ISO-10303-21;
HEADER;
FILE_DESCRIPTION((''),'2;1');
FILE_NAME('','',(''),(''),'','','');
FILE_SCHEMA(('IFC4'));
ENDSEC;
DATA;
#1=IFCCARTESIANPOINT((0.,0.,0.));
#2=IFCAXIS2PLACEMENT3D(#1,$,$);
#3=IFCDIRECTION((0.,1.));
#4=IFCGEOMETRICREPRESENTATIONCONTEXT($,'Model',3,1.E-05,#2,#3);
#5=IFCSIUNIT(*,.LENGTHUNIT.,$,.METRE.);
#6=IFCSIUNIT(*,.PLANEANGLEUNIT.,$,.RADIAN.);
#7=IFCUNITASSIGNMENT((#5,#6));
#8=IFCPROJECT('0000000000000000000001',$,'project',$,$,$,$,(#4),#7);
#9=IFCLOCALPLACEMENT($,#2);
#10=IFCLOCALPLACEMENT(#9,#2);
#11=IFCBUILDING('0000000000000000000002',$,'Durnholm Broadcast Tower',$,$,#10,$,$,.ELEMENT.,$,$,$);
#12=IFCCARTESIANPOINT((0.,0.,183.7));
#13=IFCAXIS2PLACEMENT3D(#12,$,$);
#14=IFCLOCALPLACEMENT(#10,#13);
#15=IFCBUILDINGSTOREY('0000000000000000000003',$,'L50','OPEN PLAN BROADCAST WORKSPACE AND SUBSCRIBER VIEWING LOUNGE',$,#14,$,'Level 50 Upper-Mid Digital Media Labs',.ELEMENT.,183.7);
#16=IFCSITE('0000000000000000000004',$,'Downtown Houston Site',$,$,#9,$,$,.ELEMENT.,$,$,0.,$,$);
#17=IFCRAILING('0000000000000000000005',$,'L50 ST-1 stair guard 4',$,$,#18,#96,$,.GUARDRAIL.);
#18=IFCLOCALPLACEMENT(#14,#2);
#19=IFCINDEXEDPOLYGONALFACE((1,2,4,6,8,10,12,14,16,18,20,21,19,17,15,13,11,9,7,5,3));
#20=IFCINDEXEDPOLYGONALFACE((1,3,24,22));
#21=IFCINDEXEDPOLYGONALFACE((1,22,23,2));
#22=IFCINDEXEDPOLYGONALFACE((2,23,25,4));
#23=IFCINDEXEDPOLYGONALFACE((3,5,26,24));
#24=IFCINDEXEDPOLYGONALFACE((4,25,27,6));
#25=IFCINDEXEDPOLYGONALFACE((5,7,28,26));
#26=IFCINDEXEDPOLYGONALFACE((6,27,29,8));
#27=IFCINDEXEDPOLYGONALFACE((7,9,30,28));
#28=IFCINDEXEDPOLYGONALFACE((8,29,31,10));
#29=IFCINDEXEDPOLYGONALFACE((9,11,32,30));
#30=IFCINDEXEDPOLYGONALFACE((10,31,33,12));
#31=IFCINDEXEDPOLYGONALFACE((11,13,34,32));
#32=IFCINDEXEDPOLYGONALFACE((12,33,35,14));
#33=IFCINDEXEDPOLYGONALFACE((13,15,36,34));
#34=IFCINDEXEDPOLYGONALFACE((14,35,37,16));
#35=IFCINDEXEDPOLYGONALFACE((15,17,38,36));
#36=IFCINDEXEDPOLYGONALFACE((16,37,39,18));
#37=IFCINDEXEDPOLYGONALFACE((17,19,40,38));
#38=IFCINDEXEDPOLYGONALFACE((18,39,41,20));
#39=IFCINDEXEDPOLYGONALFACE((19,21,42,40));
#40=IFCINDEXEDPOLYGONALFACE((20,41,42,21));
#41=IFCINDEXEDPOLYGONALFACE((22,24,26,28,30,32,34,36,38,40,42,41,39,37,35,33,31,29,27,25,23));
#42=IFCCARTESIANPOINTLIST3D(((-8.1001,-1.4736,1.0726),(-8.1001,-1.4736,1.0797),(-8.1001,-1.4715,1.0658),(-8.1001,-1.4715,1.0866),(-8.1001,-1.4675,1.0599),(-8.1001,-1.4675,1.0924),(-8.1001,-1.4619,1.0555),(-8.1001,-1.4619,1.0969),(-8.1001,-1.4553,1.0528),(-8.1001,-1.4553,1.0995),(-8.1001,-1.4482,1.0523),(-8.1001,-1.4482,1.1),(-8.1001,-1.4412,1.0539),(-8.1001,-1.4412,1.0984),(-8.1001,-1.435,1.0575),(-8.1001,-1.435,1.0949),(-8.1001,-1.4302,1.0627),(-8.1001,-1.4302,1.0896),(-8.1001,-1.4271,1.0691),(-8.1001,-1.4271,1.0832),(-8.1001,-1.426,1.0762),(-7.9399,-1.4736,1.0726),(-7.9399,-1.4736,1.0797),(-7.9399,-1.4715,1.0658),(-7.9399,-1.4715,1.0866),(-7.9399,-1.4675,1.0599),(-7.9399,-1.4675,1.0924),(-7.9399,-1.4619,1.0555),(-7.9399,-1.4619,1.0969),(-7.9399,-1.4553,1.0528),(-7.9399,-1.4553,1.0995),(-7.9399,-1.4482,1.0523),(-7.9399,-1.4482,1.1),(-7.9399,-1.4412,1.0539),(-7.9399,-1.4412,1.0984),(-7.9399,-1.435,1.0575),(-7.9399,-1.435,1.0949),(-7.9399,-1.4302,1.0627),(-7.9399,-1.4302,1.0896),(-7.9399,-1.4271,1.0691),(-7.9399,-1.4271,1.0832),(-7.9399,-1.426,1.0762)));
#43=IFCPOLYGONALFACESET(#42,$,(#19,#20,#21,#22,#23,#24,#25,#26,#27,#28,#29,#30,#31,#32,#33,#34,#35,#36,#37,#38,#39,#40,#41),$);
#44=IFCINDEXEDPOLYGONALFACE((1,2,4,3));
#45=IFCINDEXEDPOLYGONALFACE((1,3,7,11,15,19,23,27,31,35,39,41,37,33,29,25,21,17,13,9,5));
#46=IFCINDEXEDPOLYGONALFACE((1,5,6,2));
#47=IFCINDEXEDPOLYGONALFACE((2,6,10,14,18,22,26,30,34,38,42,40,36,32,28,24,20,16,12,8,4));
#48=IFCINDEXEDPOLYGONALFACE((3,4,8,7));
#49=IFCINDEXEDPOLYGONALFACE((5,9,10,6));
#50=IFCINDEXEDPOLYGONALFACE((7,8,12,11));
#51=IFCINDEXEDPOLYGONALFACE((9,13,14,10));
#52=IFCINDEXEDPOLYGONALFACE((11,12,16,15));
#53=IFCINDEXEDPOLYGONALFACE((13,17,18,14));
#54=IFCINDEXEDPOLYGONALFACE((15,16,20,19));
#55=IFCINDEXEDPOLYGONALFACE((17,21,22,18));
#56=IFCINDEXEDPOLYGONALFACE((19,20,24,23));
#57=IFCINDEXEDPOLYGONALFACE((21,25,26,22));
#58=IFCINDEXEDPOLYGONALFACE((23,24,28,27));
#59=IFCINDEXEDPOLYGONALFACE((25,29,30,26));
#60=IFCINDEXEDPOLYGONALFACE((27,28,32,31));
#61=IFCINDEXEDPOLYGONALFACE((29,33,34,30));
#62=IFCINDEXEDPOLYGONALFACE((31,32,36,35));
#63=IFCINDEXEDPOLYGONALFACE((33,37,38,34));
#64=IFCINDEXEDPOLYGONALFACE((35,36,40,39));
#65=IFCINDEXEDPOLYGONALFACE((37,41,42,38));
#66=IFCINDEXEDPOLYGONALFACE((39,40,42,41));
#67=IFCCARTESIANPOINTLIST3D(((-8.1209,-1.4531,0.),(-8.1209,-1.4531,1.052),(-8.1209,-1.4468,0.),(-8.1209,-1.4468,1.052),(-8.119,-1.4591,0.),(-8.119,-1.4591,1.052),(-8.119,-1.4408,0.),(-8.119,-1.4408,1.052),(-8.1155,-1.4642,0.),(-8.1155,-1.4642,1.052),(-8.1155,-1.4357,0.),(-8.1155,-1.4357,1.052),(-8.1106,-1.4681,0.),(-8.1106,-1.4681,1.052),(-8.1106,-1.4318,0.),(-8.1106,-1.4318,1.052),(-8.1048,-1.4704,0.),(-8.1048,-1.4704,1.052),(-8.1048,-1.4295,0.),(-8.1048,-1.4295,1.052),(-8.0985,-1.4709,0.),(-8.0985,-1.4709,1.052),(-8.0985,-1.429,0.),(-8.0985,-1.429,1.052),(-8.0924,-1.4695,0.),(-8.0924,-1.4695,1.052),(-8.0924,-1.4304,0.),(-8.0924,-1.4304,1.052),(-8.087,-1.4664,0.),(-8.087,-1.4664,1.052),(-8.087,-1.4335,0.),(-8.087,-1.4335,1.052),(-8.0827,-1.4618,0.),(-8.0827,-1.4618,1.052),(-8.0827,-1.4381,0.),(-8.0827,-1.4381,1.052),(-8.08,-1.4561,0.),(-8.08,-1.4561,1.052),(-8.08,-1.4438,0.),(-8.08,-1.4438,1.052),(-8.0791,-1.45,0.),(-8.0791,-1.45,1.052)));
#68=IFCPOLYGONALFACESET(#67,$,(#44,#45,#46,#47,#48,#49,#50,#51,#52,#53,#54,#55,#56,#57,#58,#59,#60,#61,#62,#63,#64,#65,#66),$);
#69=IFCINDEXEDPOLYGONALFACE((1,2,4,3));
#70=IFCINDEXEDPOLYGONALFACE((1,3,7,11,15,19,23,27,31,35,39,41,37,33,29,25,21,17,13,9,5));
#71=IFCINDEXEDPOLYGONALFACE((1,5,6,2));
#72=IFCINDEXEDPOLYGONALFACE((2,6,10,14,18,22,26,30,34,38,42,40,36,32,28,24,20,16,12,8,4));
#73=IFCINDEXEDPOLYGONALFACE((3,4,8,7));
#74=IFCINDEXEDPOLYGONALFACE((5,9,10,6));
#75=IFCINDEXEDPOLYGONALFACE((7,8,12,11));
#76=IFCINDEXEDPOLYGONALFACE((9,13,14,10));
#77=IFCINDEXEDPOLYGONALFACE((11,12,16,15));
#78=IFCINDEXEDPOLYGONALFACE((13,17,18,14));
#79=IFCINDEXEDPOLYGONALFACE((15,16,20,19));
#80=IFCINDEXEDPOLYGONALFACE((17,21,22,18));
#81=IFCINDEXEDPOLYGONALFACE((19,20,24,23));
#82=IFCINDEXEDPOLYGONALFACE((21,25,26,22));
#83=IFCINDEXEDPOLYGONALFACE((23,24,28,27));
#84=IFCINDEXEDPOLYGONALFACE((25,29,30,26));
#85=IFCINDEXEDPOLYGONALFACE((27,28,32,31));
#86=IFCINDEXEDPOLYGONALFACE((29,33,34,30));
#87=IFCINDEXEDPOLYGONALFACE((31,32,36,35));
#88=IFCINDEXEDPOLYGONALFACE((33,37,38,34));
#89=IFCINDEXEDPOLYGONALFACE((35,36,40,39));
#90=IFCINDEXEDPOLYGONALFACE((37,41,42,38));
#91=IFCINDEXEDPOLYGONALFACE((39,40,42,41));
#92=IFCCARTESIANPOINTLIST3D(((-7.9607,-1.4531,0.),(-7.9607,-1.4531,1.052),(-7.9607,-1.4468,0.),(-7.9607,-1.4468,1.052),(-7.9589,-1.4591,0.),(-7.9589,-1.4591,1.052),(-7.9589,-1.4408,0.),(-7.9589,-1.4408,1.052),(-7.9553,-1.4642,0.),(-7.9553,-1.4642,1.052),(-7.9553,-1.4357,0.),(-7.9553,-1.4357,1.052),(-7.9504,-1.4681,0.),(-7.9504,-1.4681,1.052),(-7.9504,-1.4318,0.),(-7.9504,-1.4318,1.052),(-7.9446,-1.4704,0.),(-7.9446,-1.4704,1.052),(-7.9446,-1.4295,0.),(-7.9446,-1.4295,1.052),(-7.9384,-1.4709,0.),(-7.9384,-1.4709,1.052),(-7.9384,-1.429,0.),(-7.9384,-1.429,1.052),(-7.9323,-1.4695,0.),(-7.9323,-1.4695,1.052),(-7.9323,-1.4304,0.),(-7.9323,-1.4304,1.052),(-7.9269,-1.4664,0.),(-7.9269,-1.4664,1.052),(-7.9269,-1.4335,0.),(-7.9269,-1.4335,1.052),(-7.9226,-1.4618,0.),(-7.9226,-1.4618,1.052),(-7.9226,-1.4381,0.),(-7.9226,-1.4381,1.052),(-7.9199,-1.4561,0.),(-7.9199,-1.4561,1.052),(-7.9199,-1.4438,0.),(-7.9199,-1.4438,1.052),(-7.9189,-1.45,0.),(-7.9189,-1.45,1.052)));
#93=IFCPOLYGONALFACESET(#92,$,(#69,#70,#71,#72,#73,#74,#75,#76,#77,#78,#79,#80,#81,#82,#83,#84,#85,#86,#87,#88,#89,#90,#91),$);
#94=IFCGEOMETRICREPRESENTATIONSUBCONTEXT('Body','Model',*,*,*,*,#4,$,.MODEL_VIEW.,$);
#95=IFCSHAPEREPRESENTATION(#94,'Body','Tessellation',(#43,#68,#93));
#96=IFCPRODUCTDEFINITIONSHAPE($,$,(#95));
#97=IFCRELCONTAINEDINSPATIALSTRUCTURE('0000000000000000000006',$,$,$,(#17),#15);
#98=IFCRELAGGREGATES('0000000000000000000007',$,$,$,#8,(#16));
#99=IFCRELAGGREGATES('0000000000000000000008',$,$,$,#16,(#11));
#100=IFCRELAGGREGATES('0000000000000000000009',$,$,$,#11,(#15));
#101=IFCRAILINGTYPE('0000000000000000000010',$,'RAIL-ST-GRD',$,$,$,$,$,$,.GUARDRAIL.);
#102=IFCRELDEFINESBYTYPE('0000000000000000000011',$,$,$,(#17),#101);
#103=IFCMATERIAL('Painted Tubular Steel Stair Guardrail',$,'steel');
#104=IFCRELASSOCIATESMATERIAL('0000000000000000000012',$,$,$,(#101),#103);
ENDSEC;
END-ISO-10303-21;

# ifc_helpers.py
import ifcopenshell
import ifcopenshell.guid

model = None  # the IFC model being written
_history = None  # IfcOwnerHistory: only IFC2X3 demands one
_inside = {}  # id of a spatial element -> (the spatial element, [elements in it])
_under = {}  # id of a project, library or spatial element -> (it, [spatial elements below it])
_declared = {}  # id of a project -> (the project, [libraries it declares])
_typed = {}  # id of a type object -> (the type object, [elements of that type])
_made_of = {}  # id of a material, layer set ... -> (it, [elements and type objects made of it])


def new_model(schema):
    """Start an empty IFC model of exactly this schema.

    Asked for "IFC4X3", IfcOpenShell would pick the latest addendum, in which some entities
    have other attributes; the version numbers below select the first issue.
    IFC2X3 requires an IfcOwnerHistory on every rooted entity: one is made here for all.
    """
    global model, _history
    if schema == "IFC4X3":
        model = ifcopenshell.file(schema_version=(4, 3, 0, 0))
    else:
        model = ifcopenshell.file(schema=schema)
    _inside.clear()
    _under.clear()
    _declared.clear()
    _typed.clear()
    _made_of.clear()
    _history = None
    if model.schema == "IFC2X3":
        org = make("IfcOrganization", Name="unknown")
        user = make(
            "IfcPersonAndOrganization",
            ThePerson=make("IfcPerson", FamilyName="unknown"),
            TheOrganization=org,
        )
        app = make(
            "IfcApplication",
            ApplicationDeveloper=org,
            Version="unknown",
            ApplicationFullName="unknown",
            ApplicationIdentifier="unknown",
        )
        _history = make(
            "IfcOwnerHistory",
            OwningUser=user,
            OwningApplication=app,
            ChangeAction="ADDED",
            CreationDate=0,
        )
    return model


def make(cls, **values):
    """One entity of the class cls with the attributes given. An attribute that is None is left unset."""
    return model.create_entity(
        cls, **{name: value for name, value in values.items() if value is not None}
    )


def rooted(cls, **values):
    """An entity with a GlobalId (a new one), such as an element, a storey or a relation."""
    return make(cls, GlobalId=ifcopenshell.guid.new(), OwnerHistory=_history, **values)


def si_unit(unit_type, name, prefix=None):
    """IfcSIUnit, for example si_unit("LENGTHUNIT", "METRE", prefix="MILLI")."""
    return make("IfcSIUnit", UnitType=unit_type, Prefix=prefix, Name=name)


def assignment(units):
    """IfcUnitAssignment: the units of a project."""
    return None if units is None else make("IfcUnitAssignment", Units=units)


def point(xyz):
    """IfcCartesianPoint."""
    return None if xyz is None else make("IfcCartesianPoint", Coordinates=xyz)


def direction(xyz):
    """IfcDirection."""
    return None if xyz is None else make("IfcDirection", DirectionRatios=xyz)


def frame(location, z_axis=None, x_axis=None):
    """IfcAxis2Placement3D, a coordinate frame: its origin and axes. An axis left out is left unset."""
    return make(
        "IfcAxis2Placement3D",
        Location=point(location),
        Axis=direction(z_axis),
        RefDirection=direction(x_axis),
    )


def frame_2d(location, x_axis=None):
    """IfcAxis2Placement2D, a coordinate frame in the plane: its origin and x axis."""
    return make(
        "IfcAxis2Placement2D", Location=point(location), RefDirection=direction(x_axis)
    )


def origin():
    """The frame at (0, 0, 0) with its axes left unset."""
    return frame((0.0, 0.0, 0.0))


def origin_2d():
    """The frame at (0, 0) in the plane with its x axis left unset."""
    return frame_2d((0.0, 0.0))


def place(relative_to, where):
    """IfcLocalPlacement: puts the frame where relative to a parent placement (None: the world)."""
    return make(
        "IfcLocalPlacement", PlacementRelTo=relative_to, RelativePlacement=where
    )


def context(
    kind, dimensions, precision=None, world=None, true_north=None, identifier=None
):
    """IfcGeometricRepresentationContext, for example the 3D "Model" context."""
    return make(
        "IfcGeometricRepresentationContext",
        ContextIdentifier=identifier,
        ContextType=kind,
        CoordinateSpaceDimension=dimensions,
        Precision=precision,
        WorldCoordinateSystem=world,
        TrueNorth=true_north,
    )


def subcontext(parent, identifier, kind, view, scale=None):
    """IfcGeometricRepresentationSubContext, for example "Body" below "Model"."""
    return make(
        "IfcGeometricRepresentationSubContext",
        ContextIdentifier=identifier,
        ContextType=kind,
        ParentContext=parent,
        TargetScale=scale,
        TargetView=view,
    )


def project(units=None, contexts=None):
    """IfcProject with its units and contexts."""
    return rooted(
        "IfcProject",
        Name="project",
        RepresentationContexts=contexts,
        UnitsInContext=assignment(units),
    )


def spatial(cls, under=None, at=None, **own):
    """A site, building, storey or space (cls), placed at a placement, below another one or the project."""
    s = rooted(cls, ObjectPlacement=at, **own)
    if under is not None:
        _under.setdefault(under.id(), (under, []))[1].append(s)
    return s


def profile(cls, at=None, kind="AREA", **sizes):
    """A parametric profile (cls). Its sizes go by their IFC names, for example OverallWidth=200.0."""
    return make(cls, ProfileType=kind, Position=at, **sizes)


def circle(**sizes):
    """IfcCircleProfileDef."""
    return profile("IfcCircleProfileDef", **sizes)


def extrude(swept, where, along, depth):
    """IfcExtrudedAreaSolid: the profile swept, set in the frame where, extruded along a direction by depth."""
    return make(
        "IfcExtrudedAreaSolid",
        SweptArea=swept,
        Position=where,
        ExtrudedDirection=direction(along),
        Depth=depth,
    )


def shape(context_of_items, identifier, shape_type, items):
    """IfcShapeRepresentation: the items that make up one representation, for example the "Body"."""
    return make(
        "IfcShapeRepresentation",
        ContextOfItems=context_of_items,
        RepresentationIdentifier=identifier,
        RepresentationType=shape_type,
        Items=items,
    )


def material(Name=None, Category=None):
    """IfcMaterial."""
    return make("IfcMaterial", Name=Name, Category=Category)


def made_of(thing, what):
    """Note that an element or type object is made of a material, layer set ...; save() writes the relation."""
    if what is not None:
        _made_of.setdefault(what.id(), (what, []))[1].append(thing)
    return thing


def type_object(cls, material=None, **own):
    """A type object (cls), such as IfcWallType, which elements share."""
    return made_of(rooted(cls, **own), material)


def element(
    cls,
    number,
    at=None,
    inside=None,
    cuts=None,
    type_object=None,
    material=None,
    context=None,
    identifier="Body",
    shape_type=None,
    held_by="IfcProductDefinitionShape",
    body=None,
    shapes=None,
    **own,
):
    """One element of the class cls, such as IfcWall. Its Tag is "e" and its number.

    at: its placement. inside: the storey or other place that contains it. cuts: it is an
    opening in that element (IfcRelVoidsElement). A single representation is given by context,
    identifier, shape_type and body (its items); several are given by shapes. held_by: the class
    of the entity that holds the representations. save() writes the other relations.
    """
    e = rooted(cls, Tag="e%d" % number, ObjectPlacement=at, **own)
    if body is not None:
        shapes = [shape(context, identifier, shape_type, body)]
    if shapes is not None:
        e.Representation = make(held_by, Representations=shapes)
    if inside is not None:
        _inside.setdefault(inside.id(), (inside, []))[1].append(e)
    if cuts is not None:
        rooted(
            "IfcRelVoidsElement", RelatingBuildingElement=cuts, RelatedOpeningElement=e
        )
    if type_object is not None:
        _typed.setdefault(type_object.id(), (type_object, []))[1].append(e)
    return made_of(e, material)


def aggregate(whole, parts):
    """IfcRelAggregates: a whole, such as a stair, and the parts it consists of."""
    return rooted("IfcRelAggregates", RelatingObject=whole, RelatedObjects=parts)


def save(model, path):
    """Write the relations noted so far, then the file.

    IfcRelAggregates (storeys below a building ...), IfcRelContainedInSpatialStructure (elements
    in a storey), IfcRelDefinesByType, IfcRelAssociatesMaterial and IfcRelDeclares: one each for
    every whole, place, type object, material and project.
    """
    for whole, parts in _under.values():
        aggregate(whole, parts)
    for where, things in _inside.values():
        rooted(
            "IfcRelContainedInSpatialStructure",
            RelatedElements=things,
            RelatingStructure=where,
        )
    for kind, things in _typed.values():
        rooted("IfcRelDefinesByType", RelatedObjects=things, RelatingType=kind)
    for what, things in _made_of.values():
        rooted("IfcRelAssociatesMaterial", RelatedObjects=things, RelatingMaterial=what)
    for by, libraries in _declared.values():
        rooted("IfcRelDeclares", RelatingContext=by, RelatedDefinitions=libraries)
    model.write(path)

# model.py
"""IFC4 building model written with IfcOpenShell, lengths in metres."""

from ifc_helpers import new_model, si_unit, direction, frame, origin, origin_2d, place, context, subcontext, project, spatial, circle, extrude, material, type_object, element, save


model = new_model("IFC4")

# Units and contexts
model_context = context("Model", 3, precision=1e-05, world=origin(), true_north=direction((0.0, 1.0)))
body_context = subcontext(model_context, "Body", "Model", "MODEL_VIEW")
ifc_project = project(units=[si_unit("LENGTHUNIT", "METRE"), si_unit("PLANEANGLEUNIT", "RADIAN")], contexts=[model_context])

# Site, building, storey
site_placement = place(None, origin())
site = spatial("IfcSite", under=ifc_project, at=site_placement, Name="Downtown Houston Site", CompositionType="ELEMENT", RefElevation=0.0)
building_placement = place(site_placement, origin())
building = spatial("IfcBuilding", under=site, at=building_placement, Name="Durnholm Broadcast Tower", CompositionType="ELEMENT")
storey_placement = place(building_placement, frame((0.0, 0.0, 183.7)))
storey = spatial("IfcBuildingStorey", under=building, at=storey_placement, Name="L50", Description="OPEN PLAN BROADCAST WORKSPACE AND SUBSCRIBER VIEWING LOUNGE", LongName="Level 50 Upper-Mid Digital Media Labs", CompositionType="ELEMENT", Elevation=183.7)

# Railing
ifc_material_1 = material(Name="Painted Tubular Steel Stair Guardrail", Category="steel")
railing_type_1 = type_object("IfcRailingType", Name="RAIL-ST-GRD", PredefinedType="GUARDRAIL", material=ifc_material_1)
railing_1_placement = place(storey_placement, frame((-8.1001, -1.45, 0.0)))
element("IfcRailing", 1, at=railing_1_placement, inside=storey, type_object=railing_type_1, Name="L50 ST-1 stair guard 4", PredefinedType="GUARDRAIL", context=body_context, shape_type="SweptSolid", body=[
    extrude(circle(Radius=0.0239, at=origin_2d()), frame((0.0, 0.0, 1.0762), z_axis=(1.0, 0.0, 0.0), x_axis=(0.0, 1.0, 0.0)), (0.0, 0.0, 1.0), 0.1602),
    extrude(circle(Radius=0.021, at=origin_2d()), origin(), (0.0, 0.0, 1.0), 1.052),
    extrude(circle(Radius=0.021, at=origin_2d()), frame((0.1602, 0.0, 0.0)), (0.0, 0.0, 1.0), 1.052),
])

save(model, "model.ifc")
